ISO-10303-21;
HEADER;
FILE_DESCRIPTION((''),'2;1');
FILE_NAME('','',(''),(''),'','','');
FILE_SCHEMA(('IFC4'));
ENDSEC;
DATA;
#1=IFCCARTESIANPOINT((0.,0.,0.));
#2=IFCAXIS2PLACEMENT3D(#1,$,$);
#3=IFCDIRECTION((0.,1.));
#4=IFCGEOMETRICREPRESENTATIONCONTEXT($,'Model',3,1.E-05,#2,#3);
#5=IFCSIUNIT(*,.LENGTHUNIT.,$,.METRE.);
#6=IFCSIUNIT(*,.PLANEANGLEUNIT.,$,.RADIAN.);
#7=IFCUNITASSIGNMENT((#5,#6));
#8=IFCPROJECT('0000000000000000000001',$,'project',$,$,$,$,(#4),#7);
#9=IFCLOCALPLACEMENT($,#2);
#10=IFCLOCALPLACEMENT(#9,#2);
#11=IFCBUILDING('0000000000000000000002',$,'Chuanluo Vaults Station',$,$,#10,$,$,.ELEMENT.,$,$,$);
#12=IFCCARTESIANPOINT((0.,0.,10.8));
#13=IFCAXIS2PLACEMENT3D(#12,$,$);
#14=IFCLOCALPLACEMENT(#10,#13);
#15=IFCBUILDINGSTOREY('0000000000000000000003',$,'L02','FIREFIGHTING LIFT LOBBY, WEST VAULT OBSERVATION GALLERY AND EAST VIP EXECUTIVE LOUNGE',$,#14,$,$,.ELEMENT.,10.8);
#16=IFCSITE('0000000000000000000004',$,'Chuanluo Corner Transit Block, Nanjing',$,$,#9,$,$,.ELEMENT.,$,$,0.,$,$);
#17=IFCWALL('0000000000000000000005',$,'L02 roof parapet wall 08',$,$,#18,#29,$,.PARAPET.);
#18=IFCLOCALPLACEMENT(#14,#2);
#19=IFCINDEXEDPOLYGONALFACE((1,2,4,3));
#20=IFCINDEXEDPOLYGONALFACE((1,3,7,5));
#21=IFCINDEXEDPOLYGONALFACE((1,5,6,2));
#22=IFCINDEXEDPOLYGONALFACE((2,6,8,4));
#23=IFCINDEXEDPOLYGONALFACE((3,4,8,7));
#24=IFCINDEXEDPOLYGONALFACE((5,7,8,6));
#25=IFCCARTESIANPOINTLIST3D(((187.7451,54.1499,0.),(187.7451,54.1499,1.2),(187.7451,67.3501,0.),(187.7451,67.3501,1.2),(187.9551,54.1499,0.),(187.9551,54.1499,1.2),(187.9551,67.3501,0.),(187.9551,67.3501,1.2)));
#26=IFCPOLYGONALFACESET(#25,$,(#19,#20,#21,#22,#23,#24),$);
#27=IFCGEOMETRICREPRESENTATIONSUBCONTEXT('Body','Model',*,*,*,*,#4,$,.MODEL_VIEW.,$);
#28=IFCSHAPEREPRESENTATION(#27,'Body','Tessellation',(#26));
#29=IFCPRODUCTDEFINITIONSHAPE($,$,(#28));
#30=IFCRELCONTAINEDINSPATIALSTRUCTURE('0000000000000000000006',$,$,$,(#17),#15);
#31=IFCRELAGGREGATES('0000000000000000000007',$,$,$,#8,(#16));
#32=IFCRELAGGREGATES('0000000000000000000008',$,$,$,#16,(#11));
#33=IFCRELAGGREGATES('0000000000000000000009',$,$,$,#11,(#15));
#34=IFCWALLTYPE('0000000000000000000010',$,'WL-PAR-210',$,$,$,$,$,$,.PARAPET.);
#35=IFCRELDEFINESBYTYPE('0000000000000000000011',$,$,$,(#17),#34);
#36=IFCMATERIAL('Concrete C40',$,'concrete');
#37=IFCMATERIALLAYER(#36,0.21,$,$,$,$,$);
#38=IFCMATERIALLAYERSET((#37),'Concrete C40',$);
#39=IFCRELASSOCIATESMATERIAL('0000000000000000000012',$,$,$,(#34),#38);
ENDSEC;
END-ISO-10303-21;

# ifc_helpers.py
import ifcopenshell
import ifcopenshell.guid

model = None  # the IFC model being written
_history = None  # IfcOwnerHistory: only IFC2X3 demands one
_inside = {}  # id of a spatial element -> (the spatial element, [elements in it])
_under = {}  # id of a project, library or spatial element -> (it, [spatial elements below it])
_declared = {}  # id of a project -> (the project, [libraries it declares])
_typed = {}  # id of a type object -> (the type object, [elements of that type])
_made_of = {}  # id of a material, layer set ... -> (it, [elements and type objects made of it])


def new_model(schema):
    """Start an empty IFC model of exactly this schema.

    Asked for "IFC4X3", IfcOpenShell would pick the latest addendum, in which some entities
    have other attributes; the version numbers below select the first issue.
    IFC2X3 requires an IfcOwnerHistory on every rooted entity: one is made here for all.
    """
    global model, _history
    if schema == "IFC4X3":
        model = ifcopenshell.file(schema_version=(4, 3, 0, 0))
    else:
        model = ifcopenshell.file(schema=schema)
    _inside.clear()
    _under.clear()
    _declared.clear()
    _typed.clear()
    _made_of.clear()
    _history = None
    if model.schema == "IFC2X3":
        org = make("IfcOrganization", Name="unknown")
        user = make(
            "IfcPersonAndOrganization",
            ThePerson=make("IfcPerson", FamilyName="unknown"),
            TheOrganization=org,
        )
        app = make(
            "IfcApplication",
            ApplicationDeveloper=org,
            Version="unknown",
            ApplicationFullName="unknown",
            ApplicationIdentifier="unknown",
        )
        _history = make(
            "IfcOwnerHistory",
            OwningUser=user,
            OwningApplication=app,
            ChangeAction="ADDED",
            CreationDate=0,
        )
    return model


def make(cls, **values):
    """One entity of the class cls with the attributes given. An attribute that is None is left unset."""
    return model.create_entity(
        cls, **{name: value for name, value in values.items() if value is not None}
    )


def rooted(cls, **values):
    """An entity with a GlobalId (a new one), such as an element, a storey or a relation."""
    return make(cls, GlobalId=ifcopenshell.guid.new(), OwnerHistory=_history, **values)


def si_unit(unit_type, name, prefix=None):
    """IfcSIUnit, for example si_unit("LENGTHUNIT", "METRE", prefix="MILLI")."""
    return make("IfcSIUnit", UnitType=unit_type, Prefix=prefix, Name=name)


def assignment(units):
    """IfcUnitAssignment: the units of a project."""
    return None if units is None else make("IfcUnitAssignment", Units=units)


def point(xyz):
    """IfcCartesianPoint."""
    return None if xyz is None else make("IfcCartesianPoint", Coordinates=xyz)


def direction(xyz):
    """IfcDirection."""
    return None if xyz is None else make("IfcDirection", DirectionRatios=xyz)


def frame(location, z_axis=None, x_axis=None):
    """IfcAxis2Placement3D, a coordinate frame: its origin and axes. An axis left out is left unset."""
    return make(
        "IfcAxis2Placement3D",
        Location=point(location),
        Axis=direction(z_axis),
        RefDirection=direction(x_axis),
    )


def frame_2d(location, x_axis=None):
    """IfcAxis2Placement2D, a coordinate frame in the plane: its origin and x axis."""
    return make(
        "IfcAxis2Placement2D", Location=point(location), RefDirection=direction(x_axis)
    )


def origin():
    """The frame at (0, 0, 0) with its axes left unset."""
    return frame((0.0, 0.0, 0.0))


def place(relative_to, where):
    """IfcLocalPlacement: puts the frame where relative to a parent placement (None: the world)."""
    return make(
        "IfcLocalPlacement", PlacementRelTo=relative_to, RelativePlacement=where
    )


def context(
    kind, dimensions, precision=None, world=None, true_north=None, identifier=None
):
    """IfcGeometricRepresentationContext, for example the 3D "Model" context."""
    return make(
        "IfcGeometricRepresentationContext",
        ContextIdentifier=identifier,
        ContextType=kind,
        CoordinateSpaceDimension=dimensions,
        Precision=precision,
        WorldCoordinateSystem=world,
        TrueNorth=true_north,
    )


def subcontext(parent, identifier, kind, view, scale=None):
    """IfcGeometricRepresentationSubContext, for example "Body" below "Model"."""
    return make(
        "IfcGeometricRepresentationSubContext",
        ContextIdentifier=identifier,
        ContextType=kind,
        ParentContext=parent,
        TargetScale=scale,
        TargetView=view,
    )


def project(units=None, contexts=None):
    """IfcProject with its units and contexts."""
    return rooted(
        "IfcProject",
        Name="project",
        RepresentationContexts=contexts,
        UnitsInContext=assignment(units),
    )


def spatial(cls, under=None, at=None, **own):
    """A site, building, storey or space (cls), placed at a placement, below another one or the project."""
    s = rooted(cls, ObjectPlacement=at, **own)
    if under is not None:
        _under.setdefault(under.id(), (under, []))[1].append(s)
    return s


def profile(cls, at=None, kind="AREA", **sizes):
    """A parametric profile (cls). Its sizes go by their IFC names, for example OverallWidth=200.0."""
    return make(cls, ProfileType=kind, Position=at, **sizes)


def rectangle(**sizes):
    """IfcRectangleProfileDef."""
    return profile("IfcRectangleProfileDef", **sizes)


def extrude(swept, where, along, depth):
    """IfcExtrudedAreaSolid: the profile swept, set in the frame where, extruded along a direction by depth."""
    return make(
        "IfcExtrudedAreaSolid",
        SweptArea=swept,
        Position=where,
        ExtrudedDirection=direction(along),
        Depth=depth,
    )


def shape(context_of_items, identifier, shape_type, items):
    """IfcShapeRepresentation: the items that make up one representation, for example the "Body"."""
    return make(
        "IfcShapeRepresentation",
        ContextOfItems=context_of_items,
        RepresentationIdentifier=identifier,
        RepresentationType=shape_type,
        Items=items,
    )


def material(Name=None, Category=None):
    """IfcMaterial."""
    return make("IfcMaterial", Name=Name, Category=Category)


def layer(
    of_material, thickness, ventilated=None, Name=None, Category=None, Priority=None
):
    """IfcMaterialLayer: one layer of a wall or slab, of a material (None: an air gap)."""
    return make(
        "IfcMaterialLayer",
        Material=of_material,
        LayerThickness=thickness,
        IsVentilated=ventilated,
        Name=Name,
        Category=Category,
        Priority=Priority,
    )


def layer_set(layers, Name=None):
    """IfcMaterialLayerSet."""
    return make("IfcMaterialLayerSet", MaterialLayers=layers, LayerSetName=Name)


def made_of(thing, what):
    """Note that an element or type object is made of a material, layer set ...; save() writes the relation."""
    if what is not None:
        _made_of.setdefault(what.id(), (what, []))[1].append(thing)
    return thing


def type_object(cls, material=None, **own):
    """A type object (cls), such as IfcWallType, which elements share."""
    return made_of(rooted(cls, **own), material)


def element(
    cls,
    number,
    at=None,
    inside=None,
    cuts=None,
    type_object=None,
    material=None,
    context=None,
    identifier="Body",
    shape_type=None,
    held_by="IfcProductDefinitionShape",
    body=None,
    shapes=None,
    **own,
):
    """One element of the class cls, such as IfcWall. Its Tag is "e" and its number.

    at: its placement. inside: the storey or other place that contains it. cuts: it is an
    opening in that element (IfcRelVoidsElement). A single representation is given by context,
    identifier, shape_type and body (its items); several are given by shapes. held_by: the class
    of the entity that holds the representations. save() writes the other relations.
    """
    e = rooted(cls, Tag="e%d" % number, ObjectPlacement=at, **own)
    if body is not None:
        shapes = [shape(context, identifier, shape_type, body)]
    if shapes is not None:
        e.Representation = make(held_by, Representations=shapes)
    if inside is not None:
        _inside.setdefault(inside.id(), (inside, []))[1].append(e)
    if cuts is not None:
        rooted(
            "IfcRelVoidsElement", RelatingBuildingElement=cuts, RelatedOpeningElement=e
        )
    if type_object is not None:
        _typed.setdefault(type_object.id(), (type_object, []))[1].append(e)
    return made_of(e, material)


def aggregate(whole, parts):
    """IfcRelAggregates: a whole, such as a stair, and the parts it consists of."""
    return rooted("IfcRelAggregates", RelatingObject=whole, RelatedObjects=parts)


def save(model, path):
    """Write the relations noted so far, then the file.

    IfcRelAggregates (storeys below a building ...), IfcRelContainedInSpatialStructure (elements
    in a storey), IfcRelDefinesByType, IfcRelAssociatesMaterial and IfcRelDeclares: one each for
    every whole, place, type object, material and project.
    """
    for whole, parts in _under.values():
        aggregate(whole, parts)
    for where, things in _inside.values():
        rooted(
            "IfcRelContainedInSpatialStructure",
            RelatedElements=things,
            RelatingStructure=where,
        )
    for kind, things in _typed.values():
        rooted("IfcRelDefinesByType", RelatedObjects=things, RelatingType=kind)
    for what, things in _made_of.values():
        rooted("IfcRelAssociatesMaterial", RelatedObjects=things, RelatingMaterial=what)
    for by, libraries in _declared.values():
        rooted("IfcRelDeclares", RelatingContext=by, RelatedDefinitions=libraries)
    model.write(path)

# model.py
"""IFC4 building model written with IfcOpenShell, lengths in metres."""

from ifc_helpers import new_model, si_unit, direction, frame, frame_2d, origin, place, context, subcontext, project, spatial, rectangle, extrude, material, layer, layer_set, type_object, element, save


model = new_model("IFC4")

# Units and contexts
model_context = context("Model", 3, precision=1e-05, world=origin(), true_north=direction((0.0, 1.0)))
body_context = subcontext(model_context, "Body", "Model", "MODEL_VIEW")
ifc_project = project(units=[si_unit("LENGTHUNIT", "METRE"), si_unit("PLANEANGLEUNIT", "RADIAN")], contexts=[model_context])

# Site, building, storey
site_placement = place(None, origin())
site = spatial("IfcSite", under=ifc_project, at=site_placement, Name="Chuanluo Corner Transit Block, Nanjing", CompositionType="ELEMENT", RefElevation=0.0)
building_placement = place(site_placement, origin())
building = spatial("IfcBuilding", under=site, at=building_placement, Name="Chuanluo Vaults Station", CompositionType="ELEMENT")
storey_placement = place(building_placement, frame((0.0, 0.0, 10.8)))
storey = spatial("IfcBuildingStorey", under=building, at=storey_placement, Name="L02", Description="FIREFIGHTING LIFT LOBBY, WEST VAULT OBSERVATION GALLERY AND EAST VIP EXECUTIVE LOUNGE", CompositionType="ELEMENT", Elevation=10.8)

# Wall
ifc_material_1 = material(Name="Concrete C40", Category="concrete")
ifc_layer_1 = layer(ifc_material_1, 0.21)
ifc_layer_set_1 = layer_set([ifc_layer_1], Name="Concrete C40")
wall_type_1 = type_object("IfcWallType", Name="WL-PAR-210", PredefinedType="PARAPET", material=ifc_layer_set_1)
wall_1_placement = place(storey_placement, frame((187.8501, 54.1499, 0.0), z_axis=(0.0, 0.0, 1.0), x_axis=(0.0, 1.0, 0.0)))
element("IfcWall", 1, at=wall_1_placement, inside=storey, type_object=wall_type_1, Name="L02 roof parapet wall 08", PredefinedType="PARAPET", context=body_context, shape_type="SweptSolid", body=[
    extrude(rectangle(XDim=13.2002, YDim=0.21, at=frame_2d((6.6001, 0.0))), origin(), (0.0, 0.0, 1.0), 1.2),
])

save(model, "model.ifc")
